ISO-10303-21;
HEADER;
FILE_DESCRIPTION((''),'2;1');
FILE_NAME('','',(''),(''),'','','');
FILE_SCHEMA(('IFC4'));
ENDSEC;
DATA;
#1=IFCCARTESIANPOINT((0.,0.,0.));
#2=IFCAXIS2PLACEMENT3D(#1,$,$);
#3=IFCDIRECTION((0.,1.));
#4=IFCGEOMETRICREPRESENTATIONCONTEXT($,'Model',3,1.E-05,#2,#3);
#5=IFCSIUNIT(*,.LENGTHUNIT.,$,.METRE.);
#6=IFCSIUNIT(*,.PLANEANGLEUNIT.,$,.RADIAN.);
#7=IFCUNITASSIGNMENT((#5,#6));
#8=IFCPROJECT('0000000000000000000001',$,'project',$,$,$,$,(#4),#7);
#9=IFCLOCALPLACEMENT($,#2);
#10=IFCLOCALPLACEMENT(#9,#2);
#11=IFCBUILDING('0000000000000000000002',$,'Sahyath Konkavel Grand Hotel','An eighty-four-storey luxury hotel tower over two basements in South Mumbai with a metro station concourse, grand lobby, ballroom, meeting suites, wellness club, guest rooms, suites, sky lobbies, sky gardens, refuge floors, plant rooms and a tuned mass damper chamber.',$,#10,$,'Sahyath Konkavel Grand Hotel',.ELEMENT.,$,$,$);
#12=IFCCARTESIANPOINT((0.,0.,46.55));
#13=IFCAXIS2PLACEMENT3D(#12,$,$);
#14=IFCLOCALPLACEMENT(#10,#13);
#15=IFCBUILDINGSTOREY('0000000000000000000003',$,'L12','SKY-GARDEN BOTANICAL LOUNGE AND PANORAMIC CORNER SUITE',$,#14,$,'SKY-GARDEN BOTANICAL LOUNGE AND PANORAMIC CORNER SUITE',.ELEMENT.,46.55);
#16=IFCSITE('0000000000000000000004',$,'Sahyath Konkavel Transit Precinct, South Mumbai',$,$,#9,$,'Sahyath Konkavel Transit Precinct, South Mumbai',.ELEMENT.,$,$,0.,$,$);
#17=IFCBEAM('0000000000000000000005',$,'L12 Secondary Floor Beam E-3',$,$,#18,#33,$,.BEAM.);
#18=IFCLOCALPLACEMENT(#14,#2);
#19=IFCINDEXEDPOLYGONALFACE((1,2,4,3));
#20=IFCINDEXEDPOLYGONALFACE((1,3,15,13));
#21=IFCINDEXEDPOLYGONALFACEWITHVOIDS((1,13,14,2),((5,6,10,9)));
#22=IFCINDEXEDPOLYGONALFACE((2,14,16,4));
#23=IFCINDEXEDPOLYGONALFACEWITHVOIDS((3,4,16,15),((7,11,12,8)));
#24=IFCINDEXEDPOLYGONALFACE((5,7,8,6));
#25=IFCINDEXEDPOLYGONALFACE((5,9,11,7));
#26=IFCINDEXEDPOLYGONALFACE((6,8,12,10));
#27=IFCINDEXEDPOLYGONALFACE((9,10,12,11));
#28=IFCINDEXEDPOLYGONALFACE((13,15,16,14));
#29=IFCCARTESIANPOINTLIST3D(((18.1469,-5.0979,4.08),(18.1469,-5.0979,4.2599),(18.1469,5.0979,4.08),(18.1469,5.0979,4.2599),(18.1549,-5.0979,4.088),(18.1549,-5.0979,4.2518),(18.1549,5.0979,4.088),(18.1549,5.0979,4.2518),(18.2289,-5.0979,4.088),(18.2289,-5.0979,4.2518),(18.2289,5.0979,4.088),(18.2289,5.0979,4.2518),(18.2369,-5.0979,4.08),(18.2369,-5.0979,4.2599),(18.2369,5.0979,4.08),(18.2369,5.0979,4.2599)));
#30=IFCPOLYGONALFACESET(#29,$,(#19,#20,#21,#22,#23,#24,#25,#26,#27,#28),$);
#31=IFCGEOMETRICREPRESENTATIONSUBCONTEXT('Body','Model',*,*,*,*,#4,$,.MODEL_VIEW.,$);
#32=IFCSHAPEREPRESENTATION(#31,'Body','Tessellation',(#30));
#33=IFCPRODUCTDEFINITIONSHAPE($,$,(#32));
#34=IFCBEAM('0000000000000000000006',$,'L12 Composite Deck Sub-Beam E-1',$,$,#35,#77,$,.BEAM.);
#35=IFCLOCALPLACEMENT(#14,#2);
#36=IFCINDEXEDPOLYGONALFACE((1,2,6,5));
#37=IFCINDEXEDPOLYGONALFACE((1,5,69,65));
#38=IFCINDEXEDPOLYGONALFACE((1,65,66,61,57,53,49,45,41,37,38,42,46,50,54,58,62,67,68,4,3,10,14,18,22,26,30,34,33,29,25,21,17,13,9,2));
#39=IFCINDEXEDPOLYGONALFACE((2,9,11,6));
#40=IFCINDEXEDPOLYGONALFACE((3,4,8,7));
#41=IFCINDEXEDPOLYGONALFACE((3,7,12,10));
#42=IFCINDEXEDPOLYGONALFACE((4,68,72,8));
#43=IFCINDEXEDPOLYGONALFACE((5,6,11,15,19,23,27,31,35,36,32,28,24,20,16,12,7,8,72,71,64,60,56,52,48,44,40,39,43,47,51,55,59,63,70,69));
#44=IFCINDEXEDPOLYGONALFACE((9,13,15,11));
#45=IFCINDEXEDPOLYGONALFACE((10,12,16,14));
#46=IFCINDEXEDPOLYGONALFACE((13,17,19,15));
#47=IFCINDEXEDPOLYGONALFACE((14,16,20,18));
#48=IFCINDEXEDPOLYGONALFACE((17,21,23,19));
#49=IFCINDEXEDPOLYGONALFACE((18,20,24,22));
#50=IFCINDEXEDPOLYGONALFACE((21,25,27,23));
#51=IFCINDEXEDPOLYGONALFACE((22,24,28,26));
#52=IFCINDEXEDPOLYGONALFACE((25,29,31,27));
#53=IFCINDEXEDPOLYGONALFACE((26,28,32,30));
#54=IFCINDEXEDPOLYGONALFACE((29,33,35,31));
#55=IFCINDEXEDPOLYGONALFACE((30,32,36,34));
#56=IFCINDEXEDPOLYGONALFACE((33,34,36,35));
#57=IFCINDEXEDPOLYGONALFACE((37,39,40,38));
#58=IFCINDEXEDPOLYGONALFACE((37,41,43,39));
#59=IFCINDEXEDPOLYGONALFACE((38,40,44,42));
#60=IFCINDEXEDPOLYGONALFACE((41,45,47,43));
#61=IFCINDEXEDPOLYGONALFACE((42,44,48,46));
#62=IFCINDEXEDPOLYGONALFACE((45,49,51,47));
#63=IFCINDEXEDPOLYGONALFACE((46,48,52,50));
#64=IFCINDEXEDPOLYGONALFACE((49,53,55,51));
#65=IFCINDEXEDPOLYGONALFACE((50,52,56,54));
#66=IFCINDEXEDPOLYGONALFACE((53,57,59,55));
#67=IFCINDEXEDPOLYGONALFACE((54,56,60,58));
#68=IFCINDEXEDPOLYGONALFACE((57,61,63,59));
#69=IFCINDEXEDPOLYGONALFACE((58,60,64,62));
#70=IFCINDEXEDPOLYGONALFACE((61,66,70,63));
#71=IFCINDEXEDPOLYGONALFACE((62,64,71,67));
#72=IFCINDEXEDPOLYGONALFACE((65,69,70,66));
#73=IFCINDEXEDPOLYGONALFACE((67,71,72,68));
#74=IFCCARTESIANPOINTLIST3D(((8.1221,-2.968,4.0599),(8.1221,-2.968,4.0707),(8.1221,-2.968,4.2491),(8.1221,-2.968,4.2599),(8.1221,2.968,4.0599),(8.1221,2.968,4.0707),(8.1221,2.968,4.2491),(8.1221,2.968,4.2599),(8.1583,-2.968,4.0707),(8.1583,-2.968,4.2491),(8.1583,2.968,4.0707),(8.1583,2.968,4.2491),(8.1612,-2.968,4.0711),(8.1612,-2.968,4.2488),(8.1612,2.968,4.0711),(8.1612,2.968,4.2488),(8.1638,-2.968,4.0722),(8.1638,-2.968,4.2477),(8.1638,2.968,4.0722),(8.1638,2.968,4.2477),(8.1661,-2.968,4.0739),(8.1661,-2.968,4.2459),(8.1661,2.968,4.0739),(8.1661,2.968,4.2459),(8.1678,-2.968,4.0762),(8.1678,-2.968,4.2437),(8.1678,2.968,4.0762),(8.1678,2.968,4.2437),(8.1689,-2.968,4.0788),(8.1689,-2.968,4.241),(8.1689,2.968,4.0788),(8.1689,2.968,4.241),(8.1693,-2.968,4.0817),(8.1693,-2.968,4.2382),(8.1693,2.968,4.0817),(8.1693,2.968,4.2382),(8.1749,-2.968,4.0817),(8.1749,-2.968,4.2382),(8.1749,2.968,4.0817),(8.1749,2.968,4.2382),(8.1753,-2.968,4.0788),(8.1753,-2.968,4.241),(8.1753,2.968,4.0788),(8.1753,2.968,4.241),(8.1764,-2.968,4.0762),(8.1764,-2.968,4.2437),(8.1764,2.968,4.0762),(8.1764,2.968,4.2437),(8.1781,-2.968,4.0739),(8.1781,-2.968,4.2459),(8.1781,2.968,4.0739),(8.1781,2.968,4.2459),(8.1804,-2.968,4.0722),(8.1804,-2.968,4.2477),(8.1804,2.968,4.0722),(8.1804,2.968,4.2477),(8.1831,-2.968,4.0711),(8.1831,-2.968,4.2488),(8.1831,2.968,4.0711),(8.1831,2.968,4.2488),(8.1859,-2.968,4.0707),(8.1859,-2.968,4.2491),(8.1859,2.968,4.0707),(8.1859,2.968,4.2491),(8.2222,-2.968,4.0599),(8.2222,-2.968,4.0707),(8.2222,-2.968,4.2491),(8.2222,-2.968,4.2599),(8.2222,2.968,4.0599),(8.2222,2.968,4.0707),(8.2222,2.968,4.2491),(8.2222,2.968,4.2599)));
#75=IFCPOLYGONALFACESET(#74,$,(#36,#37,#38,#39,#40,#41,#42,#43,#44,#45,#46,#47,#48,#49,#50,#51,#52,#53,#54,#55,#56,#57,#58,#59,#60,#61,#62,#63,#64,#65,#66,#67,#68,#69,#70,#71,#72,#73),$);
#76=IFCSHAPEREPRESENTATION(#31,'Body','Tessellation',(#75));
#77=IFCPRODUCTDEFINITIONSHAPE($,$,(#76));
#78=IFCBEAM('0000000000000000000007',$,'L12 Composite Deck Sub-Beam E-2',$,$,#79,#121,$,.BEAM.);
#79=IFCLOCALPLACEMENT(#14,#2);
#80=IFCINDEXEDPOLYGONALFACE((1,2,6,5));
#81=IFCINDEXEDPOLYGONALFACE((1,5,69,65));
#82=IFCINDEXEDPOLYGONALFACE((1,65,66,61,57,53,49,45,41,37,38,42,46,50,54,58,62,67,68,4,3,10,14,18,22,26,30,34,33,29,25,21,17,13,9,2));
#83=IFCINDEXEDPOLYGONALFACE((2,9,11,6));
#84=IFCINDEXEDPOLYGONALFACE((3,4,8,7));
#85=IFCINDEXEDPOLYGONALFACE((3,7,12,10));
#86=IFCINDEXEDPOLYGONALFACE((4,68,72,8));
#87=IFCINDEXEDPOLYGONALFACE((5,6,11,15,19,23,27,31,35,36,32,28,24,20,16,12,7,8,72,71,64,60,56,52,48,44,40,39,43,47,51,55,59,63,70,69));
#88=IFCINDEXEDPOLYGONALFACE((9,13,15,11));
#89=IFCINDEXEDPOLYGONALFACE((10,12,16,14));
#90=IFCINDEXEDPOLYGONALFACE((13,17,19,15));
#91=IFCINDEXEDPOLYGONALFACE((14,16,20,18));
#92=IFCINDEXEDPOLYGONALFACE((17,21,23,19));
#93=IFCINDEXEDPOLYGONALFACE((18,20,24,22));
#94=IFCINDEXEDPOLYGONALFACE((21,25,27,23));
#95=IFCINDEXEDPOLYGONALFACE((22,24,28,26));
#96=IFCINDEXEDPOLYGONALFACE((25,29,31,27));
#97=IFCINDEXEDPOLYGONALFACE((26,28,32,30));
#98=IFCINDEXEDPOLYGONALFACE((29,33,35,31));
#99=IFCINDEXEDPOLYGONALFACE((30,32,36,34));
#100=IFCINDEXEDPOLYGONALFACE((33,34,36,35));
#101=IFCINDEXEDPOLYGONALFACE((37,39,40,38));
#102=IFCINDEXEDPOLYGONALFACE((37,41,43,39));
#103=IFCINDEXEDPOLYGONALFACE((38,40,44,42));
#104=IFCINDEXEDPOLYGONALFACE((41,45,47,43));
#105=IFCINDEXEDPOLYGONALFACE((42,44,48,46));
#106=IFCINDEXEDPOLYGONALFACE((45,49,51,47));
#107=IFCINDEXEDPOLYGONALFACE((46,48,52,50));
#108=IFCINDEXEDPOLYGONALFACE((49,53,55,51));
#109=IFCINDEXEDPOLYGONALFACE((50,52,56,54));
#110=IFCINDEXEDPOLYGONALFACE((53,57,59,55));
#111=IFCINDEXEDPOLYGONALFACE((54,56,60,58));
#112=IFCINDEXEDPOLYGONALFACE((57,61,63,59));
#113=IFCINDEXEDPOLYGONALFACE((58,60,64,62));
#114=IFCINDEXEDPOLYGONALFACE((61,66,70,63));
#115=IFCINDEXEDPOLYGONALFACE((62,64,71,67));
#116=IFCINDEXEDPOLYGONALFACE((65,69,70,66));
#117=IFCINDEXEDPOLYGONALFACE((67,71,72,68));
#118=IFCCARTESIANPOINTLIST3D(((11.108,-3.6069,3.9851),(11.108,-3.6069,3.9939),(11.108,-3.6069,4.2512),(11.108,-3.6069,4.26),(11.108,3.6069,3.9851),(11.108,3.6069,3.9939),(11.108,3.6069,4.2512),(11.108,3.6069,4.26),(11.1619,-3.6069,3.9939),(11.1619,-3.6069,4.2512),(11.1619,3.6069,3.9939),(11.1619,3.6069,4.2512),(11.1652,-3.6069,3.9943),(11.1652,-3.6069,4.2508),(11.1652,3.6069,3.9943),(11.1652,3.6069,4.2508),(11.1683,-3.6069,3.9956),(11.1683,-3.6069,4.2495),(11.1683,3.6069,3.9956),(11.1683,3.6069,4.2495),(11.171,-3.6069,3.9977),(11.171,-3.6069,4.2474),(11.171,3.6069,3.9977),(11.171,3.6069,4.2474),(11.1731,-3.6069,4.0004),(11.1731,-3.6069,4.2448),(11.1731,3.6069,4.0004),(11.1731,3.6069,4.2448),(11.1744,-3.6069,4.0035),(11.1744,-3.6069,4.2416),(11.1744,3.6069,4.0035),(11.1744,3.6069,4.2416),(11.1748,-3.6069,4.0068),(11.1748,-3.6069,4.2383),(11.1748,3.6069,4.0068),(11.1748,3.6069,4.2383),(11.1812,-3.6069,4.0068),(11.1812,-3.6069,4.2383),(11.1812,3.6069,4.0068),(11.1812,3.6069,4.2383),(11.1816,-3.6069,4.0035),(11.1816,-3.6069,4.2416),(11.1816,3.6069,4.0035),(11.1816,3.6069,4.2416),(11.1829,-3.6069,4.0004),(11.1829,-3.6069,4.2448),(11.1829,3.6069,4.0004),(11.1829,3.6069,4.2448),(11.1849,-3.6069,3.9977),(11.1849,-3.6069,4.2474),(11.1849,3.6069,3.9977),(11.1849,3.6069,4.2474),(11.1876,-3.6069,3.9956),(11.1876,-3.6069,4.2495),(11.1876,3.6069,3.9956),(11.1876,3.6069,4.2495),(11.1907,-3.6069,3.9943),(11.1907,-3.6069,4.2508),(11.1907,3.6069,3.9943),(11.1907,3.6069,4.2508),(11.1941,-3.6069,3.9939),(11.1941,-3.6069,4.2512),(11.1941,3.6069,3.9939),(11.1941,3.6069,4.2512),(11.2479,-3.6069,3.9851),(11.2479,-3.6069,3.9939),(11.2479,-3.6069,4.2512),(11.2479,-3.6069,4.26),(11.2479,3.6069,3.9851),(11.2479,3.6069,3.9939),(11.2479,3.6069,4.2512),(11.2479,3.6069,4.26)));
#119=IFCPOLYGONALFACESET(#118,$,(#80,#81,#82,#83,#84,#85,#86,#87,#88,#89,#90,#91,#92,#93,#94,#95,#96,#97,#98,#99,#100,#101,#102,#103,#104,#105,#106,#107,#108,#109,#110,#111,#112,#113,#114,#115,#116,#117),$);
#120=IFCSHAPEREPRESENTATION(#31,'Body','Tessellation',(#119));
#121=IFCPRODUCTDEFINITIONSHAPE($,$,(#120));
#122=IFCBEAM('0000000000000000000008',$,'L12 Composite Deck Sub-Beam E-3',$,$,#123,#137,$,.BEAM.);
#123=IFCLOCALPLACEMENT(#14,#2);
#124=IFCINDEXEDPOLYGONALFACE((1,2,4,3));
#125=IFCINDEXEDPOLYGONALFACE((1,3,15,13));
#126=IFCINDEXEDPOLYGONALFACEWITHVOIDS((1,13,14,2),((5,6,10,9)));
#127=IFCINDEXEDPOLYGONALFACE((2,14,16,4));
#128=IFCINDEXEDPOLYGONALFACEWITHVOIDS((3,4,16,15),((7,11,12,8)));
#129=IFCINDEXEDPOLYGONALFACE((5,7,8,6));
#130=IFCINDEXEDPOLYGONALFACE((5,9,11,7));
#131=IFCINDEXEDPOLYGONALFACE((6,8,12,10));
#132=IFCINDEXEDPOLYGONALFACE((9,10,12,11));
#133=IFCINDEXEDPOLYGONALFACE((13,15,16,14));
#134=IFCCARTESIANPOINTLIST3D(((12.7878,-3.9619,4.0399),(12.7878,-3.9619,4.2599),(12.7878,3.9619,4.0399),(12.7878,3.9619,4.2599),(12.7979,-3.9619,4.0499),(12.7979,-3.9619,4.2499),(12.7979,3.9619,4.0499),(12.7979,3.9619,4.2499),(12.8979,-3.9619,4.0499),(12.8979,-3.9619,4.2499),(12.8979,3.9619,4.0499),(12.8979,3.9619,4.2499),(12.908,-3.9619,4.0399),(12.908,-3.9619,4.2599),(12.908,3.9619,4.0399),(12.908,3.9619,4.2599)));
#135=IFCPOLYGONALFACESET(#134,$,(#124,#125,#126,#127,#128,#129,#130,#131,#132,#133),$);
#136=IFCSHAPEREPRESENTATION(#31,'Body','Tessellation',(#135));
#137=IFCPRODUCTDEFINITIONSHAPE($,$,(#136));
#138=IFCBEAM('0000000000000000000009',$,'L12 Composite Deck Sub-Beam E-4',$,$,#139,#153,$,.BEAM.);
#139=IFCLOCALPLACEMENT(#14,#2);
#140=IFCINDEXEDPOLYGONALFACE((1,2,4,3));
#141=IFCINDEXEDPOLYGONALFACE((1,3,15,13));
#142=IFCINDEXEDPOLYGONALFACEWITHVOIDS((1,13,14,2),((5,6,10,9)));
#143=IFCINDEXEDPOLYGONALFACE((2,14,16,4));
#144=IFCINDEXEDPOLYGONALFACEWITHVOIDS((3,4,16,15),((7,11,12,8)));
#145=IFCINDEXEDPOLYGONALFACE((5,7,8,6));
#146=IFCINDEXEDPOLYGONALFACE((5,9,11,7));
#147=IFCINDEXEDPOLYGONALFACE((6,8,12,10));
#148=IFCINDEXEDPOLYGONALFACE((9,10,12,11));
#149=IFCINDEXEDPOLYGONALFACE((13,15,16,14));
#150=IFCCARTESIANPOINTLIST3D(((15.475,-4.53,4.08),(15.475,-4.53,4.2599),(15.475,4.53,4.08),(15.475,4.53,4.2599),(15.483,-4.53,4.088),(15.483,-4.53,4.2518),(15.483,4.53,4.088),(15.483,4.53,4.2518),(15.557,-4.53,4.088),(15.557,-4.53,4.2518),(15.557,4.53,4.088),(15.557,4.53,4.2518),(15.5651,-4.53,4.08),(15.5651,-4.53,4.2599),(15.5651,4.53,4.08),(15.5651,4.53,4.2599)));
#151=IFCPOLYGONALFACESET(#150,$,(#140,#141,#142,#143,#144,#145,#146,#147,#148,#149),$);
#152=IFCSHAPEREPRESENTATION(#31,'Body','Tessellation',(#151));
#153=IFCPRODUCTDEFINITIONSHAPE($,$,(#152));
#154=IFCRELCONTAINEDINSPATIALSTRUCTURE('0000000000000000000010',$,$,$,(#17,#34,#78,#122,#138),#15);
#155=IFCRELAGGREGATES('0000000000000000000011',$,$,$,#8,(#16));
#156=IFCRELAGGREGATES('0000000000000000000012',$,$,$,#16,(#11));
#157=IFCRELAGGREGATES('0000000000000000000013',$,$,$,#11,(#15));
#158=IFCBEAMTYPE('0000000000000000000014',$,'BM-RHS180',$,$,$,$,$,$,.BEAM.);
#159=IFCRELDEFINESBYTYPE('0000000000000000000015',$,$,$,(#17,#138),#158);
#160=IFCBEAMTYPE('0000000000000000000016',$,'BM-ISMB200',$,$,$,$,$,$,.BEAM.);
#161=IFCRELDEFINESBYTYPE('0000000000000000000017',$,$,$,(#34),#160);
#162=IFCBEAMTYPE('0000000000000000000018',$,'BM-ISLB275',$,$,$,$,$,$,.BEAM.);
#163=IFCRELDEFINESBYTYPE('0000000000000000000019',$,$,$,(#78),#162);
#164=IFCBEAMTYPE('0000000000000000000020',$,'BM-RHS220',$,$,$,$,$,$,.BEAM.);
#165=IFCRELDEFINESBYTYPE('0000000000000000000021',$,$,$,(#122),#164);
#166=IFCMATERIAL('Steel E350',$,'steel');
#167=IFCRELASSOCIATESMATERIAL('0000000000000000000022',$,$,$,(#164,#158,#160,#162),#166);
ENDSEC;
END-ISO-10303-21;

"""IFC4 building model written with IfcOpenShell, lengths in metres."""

from ifc_helpers import new_model, si_unit, direction, frame, origin, origin_2d, place, context, subcontext, project, spatial, hollow_rectangle, i_section, extrude, source, transform, mapped, material, material_profile, profile_set, type_object, element, save


model = new_model("IFC4")

# Units and contexts
model_context = context("Model", 3, precision=1e-05, world=origin(), true_north=direction((0.0, 1.0)))
body_context = subcontext(model_context, "Body", "Model", "MODEL_VIEW")
ifc_project = project(units=[si_unit("LENGTHUNIT", "METRE"), si_unit("PLANEANGLEUNIT", "RADIAN")], contexts=[model_context])

# Site, building, storey
site_placement = place(None, origin())
site = spatial("IfcSite", under=ifc_project, at=site_placement, Name="Sahyath Konkavel Transit Precinct, South Mumbai", LongName="Sahyath Konkavel Transit Precinct, South Mumbai", CompositionType="ELEMENT", RefElevation=0.0)
building_placement = place(site_placement, origin())
building = spatial("IfcBuilding", under=site, at=building_placement, Name="Sahyath Konkavel Grand Hotel", Description="An eighty-four-storey luxury hotel tower over two basements in South Mumbai with a metro station concourse, grand lobby, ballroom, meeting suites, wellness club, guest rooms, suites, sky lobbies, sky gardens, refuge floors, plant rooms and a tuned mass damper chamber.", LongName="Sahyath Konkavel Grand Hotel", CompositionType="ELEMENT")
storey_placement = place(building_placement, frame((0.0, 0.0, 46.55)))
storey = spatial("IfcBuildingStorey", under=building, at=storey_placement, Name="L12", Description="SKY-GARDEN BOTANICAL LOUNGE AND PANORAMIC CORNER SUITE", LongName="SKY-GARDEN BOTANICAL LOUNGE AND PANORAMIC CORNER SUITE", CompositionType="ELEMENT", Elevation=46.55)

# Beams
ifc_material_1 = material(Name="Steel E350", Category="steel")
ifc_material_profile_1 = material_profile(ifc_material_1, hollow_rectangle(XDim=0.1201, YDim=0.22, WallThickness=0.01, at=origin_2d()), Name="RHS 220x120x10")
ifc_profile_set_1 = profile_set([ifc_material_profile_1], Name="Steel E350")
beam_type_1 = type_object("IfcBeamType", Name="BM-RHS220", PredefinedType="BEAM", material=ifc_profile_set_1)
ifc_material_profile_2 = material_profile(ifc_material_1, hollow_rectangle(XDim=0.0901, YDim=0.1799, WallThickness=0.0081, at=origin_2d()), Name="RHS 180x90x8")
ifc_profile_set_2 = profile_set([ifc_material_profile_2], Name="Steel E350")
beam_type_2 = type_object("IfcBeamType", Name="BM-RHS180", PredefinedType="BEAM", material=ifc_profile_set_2)
shared_shape_1 = source(origin(), body_context, "Body", "SweptSolid", [
    extrude(hollow_rectangle(XDim=0.0901, YDim=0.1799, WallThickness=0.0081, at=origin_2d()), origin(), (0.0, 0.0, 1.0), 10.1958),
])
beam_1_placement = place(storey_placement, frame((18.1919, -5.0979, 4.1699), z_axis=(0.0, 1.0, 0.0), x_axis=(-1.0, 0.0, 0.0)))
element("IfcBeam", 1, at=beam_1_placement, inside=storey, type_object=beam_type_2, Name="L12 Secondary Floor Beam E-3", PredefinedType="BEAM", context=body_context, shape_type="MappedRepresentation", body=[
    mapped(shared_shape_1, transform((0.0, 0.0, 0.0), scale=1.0)),
])
ifc_material_profile_3 = material_profile(ifc_material_1, i_section(OverallWidth=0.1001, OverallDepth=0.2, WebThickness=0.0056, FlangeThickness=0.0107, FilletRadius=0.011, at=origin_2d()), Name="ISMB 200")
ifc_profile_set_3 = profile_set([ifc_material_profile_3], Name="Steel E350")
beam_type_3 = type_object("IfcBeamType", Name="BM-ISMB200", PredefinedType="BEAM", material=ifc_profile_set_3)
shared_shape_2 = source(origin(), body_context, "Body", "SweptSolid", [
    extrude(i_section(OverallWidth=0.1001, OverallDepth=0.2, WebThickness=0.0056, FlangeThickness=0.0107, FilletRadius=0.011, at=origin_2d()), origin(), (0.0, 0.0, 1.0), 5.936),
])
beam_2_placement = place(storey_placement, frame((8.1721, -2.968, 4.1599), z_axis=(0.0, 1.0, 0.0), x_axis=(-1.0, 0.0, 0.0)))
element("IfcBeam", 2, at=beam_2_placement, inside=storey, type_object=beam_type_3, Name="L12 Composite Deck Sub-Beam E-1", PredefinedType="BEAM", context=body_context, shape_type="MappedRepresentation", body=[
    mapped(shared_shape_2, transform((0.0, 0.0, 0.0), scale=1.0)),
])
ifc_material_profile_4 = material_profile(ifc_material_1, i_section(OverallWidth=0.1399, OverallDepth=0.2749, WebThickness=0.0063, FlangeThickness=0.0088, FilletRadius=0.0129, at=origin_2d()), Name="ISLB 275")
ifc_profile_set_4 = profile_set([ifc_material_profile_4], Name="Steel E350")
beam_type_4 = type_object("IfcBeamType", Name="BM-ISLB275", PredefinedType="BEAM", material=ifc_profile_set_4)
shared_shape_3 = source(origin(), body_context, "Body", "SweptSolid", [
    extrude(i_section(OverallWidth=0.1399, OverallDepth=0.2749, WebThickness=0.0063, FlangeThickness=0.0088, FilletRadius=0.0129, at=origin_2d()), origin(), (0.0, 0.0, 1.0), 7.2139),
])
beam_3_placement = place(storey_placement, frame((11.178, -3.6069, 4.1226), z_axis=(0.0, 1.0, 0.0), x_axis=(-1.0, 0.0, 0.0)))
element("IfcBeam", 3, at=beam_3_placement, inside=storey, type_object=beam_type_4, Name="L12 Composite Deck Sub-Beam E-2", PredefinedType="BEAM", context=body_context, shape_type="MappedRepresentation", body=[
    mapped(shared_shape_3, transform((0.0, 0.0, 0.0), scale=1.0)),
])
shared_shape_4 = source(origin(), body_context, "Body", "SweptSolid", [
    extrude(hollow_rectangle(XDim=0.1201, YDim=0.22, WallThickness=0.01, at=origin_2d()), origin(), (0.0, 0.0, 1.0), 7.9238),
])
beam_4_placement = place(storey_placement, frame((12.8479, -3.9619, 4.1499), z_axis=(0.0, 1.0, 0.0), x_axis=(-1.0, 0.0, 0.0)))
element("IfcBeam", 4, at=beam_4_placement, inside=storey, type_object=beam_type_1, Name="L12 Composite Deck Sub-Beam E-3", PredefinedType="BEAM", context=body_context, shape_type="MappedRepresentation", body=[
    mapped(shared_shape_4, transform((0.0, 0.0, 0.0), scale=1.0)),
])
shared_shape_5 = source(origin(), body_context, "Body", "SweptSolid", [
    extrude(hollow_rectangle(XDim=0.0901, YDim=0.1799, WallThickness=0.0081, at=origin_2d()), origin(), (0.0, 0.0, 1.0), 9.0601),
])
beam_5_placement = place(storey_placement, frame((15.52, -4.53, 4.1699), z_axis=(0.0, 1.0, 0.0), x_axis=(-1.0, 0.0, 0.0)))
element("IfcBeam", 5, at=beam_5_placement, inside=storey, type_object=beam_type_2, Name="L12 Composite Deck Sub-Beam E-4", PredefinedType="BEAM", context=body_context, shape_type="MappedRepresentation", body=[
    mapped(shared_shape_5, transform((0.0, 0.0, 0.0), scale=1.0)),
])

save(model, "model.ifc")
